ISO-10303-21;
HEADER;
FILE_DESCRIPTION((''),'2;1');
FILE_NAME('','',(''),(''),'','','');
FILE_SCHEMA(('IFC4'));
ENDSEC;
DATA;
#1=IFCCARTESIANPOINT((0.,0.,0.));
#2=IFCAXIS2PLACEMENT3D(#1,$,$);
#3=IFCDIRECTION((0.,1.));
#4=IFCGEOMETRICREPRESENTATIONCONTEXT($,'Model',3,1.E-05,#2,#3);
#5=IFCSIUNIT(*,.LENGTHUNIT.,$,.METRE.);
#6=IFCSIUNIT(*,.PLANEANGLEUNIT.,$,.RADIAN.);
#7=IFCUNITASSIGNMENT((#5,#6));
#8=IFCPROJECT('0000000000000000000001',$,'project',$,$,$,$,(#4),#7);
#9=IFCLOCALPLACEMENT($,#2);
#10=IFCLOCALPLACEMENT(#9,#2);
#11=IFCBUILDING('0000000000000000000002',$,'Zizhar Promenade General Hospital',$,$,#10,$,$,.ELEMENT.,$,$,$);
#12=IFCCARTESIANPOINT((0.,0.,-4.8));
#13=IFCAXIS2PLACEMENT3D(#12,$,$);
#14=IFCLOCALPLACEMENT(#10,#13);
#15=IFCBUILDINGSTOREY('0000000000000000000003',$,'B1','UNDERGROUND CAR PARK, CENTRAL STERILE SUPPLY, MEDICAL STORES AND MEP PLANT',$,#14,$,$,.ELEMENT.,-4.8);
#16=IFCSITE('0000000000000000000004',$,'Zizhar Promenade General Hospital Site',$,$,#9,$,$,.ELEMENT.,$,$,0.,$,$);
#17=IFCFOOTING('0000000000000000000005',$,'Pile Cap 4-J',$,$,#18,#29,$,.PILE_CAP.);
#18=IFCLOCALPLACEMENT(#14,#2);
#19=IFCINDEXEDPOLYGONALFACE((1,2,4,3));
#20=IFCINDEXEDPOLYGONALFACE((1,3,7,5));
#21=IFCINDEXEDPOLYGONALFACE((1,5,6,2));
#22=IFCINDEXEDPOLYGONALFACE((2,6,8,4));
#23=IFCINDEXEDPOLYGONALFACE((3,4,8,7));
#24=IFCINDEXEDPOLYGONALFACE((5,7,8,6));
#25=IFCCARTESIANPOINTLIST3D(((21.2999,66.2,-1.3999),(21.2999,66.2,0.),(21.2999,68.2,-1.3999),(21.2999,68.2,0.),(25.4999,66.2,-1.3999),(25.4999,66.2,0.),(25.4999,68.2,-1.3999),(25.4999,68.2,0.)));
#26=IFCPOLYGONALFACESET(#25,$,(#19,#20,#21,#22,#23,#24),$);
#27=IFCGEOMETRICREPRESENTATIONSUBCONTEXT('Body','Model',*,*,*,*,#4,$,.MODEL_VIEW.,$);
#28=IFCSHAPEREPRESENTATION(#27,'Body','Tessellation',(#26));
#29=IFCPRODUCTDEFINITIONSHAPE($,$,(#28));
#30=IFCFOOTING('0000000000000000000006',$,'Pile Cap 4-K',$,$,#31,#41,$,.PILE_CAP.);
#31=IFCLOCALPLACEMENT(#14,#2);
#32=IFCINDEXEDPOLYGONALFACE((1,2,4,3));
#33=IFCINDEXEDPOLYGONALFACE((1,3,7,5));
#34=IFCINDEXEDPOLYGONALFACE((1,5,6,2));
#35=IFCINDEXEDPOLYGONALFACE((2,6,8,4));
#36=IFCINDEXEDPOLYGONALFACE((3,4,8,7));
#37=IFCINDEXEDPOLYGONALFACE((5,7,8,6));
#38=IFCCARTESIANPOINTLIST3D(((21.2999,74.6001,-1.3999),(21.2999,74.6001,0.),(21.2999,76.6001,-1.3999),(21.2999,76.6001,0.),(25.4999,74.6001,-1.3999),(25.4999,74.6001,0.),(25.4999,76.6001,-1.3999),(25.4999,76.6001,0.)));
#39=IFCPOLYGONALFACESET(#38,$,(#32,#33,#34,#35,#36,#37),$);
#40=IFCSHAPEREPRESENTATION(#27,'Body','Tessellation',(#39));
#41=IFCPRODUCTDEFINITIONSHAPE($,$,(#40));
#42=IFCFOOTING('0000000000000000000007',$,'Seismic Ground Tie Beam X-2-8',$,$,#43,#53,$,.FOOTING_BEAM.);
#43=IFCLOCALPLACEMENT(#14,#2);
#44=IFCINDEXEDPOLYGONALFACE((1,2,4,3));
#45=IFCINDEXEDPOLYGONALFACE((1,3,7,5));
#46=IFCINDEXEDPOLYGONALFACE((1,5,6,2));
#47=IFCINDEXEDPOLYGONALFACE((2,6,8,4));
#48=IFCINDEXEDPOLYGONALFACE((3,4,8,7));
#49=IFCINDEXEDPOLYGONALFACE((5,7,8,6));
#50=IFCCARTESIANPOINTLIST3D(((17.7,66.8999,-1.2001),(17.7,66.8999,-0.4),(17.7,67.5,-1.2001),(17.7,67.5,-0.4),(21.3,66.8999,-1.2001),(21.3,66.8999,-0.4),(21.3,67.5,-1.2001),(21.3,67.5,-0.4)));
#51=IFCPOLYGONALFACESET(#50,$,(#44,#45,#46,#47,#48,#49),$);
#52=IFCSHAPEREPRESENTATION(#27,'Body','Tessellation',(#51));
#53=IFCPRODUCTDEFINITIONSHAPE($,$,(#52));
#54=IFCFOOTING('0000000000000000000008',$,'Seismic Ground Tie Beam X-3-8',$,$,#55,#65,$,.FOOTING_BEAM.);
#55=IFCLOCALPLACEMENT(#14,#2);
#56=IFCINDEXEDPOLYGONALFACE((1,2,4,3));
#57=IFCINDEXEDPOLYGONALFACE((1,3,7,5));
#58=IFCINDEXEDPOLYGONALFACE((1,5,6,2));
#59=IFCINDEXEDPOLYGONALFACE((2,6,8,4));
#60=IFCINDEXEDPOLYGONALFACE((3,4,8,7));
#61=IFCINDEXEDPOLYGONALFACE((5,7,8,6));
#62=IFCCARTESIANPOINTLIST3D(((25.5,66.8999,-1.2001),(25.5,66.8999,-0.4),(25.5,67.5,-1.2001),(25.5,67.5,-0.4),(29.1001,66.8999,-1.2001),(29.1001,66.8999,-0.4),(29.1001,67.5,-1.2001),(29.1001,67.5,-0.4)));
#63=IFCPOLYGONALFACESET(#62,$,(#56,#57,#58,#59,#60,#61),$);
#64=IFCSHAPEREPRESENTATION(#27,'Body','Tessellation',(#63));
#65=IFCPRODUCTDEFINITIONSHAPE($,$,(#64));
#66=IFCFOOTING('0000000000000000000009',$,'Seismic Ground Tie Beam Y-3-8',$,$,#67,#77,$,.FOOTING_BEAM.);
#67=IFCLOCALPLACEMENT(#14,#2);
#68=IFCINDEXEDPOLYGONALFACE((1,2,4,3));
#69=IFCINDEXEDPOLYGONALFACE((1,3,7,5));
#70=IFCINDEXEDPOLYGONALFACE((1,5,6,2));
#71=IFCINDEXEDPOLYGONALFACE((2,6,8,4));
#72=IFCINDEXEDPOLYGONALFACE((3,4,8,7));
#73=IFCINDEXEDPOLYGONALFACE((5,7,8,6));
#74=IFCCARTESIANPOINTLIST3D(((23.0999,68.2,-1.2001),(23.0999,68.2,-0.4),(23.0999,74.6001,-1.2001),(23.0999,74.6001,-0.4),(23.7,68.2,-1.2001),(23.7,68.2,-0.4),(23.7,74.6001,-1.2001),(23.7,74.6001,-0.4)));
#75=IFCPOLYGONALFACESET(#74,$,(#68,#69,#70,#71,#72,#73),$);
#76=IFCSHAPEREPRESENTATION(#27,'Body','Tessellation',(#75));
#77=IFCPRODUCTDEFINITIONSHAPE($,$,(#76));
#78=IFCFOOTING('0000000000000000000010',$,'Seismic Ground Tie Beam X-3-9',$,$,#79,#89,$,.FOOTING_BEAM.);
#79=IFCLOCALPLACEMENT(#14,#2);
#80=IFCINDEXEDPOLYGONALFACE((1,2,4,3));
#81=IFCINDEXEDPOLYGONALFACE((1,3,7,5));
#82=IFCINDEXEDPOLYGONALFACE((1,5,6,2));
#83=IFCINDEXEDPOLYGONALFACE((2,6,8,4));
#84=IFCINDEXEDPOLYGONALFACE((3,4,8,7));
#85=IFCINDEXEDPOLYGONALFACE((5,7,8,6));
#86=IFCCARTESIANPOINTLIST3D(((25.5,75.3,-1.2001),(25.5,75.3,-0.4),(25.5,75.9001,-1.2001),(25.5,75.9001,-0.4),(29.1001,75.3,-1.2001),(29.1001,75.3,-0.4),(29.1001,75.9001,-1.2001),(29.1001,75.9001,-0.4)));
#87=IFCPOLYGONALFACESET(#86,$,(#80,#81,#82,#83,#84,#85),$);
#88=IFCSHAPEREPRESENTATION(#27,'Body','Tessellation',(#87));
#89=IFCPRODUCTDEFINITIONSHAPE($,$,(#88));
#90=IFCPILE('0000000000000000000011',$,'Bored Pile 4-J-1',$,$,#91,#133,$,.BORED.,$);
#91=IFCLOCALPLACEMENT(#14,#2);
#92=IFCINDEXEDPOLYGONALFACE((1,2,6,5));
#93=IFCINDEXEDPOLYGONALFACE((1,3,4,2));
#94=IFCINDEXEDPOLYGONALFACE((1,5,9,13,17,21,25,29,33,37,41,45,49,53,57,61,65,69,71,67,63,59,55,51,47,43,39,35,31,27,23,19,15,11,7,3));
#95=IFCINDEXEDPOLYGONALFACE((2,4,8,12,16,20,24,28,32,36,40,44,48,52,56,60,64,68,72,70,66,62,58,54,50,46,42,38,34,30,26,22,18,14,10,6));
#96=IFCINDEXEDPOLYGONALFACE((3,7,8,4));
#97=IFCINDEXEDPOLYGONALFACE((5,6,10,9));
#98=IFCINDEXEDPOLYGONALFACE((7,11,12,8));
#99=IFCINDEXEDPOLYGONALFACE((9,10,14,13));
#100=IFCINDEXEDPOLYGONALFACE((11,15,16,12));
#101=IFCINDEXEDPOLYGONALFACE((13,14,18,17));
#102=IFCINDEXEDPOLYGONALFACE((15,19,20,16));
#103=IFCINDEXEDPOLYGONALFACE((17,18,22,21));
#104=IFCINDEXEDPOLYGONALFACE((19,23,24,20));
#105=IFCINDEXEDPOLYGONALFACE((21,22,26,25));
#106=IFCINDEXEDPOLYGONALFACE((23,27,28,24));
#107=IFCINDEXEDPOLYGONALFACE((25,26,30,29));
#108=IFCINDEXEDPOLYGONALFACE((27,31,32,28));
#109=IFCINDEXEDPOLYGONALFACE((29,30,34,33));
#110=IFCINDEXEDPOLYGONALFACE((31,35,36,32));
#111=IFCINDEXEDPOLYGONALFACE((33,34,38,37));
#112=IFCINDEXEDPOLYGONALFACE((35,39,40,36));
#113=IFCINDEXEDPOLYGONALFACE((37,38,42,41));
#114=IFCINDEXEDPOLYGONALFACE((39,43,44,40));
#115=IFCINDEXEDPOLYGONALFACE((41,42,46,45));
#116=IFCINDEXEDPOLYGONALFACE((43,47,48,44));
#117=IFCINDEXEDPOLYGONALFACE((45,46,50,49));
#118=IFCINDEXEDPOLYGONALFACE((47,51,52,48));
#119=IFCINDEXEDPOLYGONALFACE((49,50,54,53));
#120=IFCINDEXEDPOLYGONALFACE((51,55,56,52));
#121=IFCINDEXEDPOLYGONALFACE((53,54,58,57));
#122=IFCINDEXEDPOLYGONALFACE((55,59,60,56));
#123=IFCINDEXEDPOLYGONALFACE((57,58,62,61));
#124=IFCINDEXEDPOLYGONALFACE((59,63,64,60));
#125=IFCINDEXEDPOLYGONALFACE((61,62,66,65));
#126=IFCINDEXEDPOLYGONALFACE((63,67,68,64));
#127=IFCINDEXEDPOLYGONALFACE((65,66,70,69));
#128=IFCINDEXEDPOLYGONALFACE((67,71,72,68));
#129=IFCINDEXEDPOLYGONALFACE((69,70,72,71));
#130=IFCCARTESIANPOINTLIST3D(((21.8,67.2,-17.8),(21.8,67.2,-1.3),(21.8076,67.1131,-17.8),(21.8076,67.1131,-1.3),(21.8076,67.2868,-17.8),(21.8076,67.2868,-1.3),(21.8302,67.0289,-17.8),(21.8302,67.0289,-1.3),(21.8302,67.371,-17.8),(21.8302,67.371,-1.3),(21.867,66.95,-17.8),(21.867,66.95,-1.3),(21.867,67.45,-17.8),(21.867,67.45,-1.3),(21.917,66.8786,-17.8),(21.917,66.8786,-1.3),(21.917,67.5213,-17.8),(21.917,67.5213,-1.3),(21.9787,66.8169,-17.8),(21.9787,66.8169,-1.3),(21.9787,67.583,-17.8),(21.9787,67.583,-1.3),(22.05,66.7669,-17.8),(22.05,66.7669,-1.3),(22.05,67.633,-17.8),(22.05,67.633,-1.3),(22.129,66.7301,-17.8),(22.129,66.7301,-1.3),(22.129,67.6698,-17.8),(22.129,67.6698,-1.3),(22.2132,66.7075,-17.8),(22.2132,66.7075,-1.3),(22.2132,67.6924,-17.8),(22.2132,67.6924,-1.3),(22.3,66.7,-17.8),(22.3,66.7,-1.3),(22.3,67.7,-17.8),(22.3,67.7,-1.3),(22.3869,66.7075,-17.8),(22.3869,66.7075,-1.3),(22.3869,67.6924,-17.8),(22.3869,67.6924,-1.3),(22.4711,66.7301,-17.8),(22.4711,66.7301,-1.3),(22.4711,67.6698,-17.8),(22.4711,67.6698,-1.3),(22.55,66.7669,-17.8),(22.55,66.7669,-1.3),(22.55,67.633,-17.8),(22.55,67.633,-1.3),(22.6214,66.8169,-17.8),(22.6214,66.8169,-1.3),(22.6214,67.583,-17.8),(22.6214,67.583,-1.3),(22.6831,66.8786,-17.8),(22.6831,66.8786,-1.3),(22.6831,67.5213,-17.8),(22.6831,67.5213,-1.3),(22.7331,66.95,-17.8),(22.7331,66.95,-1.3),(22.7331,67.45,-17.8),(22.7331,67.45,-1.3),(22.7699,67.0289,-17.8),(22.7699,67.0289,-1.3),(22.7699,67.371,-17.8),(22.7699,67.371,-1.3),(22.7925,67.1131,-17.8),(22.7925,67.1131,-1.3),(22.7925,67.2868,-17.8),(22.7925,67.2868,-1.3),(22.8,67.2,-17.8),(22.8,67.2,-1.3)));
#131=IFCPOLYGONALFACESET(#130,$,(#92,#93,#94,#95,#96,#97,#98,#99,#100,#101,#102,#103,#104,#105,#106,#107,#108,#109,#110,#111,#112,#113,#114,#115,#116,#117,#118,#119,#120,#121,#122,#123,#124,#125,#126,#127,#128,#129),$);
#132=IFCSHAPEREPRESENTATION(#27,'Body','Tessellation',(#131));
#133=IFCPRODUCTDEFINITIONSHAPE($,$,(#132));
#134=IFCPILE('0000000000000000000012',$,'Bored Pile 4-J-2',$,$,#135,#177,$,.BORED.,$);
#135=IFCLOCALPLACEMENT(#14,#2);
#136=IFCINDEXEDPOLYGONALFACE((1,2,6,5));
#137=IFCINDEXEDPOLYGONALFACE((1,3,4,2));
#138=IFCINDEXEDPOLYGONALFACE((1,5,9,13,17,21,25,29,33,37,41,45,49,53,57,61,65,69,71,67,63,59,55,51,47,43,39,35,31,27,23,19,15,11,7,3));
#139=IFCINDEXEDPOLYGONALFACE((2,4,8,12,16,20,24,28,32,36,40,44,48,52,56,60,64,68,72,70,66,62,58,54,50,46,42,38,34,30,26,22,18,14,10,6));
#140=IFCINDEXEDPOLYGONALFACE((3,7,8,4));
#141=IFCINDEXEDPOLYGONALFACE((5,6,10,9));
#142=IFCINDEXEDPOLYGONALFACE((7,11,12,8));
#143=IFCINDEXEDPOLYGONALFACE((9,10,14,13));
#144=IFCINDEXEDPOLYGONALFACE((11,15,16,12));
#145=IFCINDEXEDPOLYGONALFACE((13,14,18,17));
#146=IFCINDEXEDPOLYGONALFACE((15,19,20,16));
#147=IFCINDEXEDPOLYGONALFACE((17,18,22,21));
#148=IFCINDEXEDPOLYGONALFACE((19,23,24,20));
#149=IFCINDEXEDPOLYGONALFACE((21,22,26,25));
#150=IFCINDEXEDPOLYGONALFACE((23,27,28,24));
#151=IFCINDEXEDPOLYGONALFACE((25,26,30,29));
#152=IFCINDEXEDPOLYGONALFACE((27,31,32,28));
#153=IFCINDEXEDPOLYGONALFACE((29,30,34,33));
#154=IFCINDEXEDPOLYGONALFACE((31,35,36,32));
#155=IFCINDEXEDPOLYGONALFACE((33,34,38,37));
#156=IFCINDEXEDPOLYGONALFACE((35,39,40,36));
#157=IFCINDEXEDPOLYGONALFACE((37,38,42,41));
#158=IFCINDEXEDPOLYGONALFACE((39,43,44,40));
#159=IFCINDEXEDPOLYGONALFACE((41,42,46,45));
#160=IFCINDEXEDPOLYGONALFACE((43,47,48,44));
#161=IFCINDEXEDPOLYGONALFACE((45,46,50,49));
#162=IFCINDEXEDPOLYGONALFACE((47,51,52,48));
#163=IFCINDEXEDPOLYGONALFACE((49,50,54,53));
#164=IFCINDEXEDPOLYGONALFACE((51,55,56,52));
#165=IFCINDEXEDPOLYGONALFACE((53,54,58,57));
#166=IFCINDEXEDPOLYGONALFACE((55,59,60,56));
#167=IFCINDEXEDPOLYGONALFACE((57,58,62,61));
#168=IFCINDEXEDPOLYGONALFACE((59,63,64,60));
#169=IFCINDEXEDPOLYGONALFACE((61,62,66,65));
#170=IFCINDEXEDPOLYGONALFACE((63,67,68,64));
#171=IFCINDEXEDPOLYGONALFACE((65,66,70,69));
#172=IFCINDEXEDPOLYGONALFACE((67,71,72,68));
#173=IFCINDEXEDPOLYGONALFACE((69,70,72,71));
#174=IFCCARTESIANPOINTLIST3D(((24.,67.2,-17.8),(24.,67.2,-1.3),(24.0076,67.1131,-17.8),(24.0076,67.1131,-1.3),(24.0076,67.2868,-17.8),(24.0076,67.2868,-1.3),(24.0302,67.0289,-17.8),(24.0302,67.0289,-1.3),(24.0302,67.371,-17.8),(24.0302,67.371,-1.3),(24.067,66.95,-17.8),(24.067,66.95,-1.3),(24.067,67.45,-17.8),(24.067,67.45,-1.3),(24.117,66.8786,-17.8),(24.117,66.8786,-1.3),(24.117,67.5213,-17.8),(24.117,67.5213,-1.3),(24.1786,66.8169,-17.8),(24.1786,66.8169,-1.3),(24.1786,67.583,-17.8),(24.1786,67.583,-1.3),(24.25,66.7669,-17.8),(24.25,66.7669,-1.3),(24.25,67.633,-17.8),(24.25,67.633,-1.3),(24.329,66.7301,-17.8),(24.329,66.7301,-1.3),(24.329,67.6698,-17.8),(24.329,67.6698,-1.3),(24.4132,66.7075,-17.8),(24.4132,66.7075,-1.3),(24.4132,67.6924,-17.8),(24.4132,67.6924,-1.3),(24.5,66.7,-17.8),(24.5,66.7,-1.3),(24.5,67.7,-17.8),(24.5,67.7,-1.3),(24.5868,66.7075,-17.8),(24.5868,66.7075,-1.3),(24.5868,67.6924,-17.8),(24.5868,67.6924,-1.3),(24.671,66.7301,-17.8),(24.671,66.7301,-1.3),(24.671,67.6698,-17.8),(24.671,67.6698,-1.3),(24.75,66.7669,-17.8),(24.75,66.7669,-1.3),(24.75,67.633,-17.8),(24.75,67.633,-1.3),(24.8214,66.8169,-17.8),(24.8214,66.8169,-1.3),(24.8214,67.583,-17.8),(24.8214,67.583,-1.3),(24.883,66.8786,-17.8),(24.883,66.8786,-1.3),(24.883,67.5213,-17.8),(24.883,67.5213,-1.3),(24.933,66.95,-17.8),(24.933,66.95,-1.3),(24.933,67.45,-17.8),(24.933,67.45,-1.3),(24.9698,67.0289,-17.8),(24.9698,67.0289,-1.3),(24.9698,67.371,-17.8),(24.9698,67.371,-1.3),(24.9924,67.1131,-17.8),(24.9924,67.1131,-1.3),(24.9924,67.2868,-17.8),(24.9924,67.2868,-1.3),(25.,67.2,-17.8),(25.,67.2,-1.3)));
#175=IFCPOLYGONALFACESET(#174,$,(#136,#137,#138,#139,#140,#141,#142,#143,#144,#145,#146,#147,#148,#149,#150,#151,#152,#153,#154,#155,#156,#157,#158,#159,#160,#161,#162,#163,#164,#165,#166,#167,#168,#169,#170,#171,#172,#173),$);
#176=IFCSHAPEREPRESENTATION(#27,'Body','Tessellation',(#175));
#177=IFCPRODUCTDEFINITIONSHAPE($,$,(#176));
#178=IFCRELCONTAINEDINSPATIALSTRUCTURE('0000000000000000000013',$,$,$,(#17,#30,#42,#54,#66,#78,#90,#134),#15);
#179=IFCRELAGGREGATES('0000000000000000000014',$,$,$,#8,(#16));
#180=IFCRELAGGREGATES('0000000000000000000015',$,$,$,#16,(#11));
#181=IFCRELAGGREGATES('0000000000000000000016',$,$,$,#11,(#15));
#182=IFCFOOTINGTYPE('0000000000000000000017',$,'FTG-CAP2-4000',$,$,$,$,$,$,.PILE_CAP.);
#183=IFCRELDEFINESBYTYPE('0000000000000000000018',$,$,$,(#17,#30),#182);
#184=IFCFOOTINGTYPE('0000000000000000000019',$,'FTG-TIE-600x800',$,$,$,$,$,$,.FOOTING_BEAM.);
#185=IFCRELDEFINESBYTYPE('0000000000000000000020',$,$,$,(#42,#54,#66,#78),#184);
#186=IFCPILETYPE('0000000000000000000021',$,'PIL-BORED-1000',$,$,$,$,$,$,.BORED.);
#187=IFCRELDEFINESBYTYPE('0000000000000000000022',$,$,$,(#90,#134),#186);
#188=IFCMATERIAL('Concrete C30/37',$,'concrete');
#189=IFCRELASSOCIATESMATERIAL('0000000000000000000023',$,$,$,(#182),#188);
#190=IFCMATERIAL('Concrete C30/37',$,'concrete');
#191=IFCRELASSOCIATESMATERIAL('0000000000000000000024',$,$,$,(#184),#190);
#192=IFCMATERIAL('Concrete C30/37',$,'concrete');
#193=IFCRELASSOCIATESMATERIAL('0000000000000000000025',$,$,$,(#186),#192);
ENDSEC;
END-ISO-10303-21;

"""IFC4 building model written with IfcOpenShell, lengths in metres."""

from ifc_helpers import new_model, si_unit, direction, frame, origin, origin_2d, place, context, subcontext, project, spatial, rectangle, circle, extrude, material, material_profile, profile_set, type_object, element, save


model = new_model("IFC4")

# Units and contexts
model_context = context("Model", 3, precision=1e-05, world=origin(), true_north=direction((0.0, 1.0)))
body_context = subcontext(model_context, "Body", "Model", "MODEL_VIEW")
ifc_project = project(units=[si_unit("LENGTHUNIT", "METRE"), si_unit("PLANEANGLEUNIT", "RADIAN")], contexts=[model_context])

# Site, building, storey
site_placement = place(None, origin())
site = spatial("IfcSite", under=ifc_project, at=site_placement, Name="Zizhar Promenade General Hospital Site", CompositionType="ELEMENT", RefElevation=0.0)
building_placement = place(site_placement, origin())
building = spatial("IfcBuilding", under=site, at=building_placement, Name="Zizhar Promenade General Hospital", CompositionType="ELEMENT")
storey_placement = place(building_placement, frame((0.0, 0.0, -4.8)))
storey = spatial("IfcBuildingStorey", under=building, at=storey_placement, Name="B1", Description="UNDERGROUND CAR PARK, CENTRAL STERILE SUPPLY, MEDICAL STORES AND MEP PLANT", CompositionType="ELEMENT", Elevation=-4.8)

# Footings
ifc_material_1 = material(Name="Concrete C30/37", Category="concrete")
footing_type_1 = type_object("IfcFootingType", Name="FTG-CAP2-4000", PredefinedType="PILE_CAP", material=ifc_material_1)
for number, where, z_axis, x_axis, name in (
    (1, (23.3999, 67.2, -1.3999), (0.0, 0.0, 1.0), (1.0, 0.0, 0.0), "Pile Cap 4-J"),
    (2, (23.3999, 75.6001, -1.3999), (0.0, 0.0, 1.0), (1.0, 0.0, 0.0), "Pile Cap 4-K"),
):
    element("IfcFooting", number, at=place(storey_placement, frame(where, z_axis=z_axis, x_axis=x_axis)), inside=storey, type_object=footing_type_1, Name=name, PredefinedType="PILE_CAP", context=body_context, shape_type="SweptSolid", body=[
        extrude(rectangle(XDim=4.2, YDim=2.0, at=origin_2d()), origin(), (0.0, 0.0, 1.0), 1.3999),
    ])
ifc_material_2 = material(Name="Concrete C30/37", Category="concrete")
ifc_material_profile_1 = material_profile(ifc_material_2, rectangle(XDim=0.6001, YDim=0.8, at=origin_2d()))
ifc_profile_set_1 = profile_set([ifc_material_profile_1], Name="Concrete C30/37")
footing_type_2 = type_object("IfcFootingType", Name="FTG-TIE-600x800", PredefinedType="FOOTING_BEAM", material=ifc_profile_set_1)
for number, where, z_axis, x_axis, name in (
    (3, (17.7, 67.2, -0.8), (1.0, 0.0, 0.0), (0.0, 1.0, 0.0), "Seismic Ground Tie Beam X-2-8"),
    (4, (25.5, 67.2, -0.8), (1.0, 0.0, 0.0), (0.0, 1.0, 0.0), "Seismic Ground Tie Beam X-3-8"),
):
    element("IfcFooting", number, at=place(storey_placement, frame(where, z_axis=z_axis, x_axis=x_axis)), inside=storey, type_object=footing_type_2, Name=name, PredefinedType="FOOTING_BEAM", context=body_context, shape_type="SweptSolid", body=[
        extrude(rectangle(XDim=0.6001, YDim=0.8, at=origin_2d()), origin(), (0.0, 0.0, 1.0), 3.6001),
    ])
footing_1_placement = place(storey_placement, frame((23.3999, 68.2, -0.8), z_axis=(0.0, 1.0, 0.0), x_axis=(-1.0, 0.0, 0.0)))
element("IfcFooting", 5, at=footing_1_placement, inside=storey, type_object=footing_type_2, Name="Seismic Ground Tie Beam Y-3-8", PredefinedType="FOOTING_BEAM", context=body_context, shape_type="SweptSolid", body=[
    extrude(rectangle(XDim=0.6001, YDim=0.8, at=origin_2d()), origin(), (0.0, 0.0, 1.0), 6.4001),
])
footing_2_placement = place(storey_placement, frame((25.5, 75.6001, -0.8), z_axis=(1.0, 0.0, 0.0), x_axis=(0.0, 1.0, 0.0)))
element("IfcFooting", 6, at=footing_2_placement, inside=storey, type_object=footing_type_2, Name="Seismic Ground Tie Beam X-3-9", PredefinedType="FOOTING_BEAM", context=body_context, shape_type="SweptSolid", body=[
    extrude(rectangle(XDim=0.6001, YDim=0.8, at=origin_2d()), origin(), (0.0, 0.0, 1.0), 3.6001),
])

# Piles
ifc_material_3 = material(Name="Concrete C30/37", Category="concrete")
ifc_material_profile_2 = material_profile(ifc_material_3, circle(Radius=0.5, at=origin_2d()))
ifc_profile_set_2 = profile_set([ifc_material_profile_2], Name="Concrete C30/37")
pile_type = type_object("IfcPileType", Name="PIL-BORED-1000", PredefinedType="BORED", material=ifc_profile_set_2)
for number, where, z_axis, x_axis, name in (
    (7, (22.3, 67.2, -1.3), (0.0, 0.0, -1.0), (1.0, 0.0, 0.0), "Bored Pile 4-J-1"),
    (8, (24.5, 67.2, -1.3), (0.0, 0.0, -1.0), (1.0, 0.0, 0.0), "Bored Pile 4-J-2"),
):
    element("IfcPile", number, at=place(storey_placement, frame(where, z_axis=z_axis, x_axis=x_axis)), inside=storey, type_object=pile_type, Name=name, PredefinedType="BORED", context=body_context, shape_type="SweptSolid", body=[
        extrude(circle(Radius=0.5, at=origin_2d()), origin(), (0.0, 0.0, 1.0), 16.5),
    ])

save(model, "model.ifc")
